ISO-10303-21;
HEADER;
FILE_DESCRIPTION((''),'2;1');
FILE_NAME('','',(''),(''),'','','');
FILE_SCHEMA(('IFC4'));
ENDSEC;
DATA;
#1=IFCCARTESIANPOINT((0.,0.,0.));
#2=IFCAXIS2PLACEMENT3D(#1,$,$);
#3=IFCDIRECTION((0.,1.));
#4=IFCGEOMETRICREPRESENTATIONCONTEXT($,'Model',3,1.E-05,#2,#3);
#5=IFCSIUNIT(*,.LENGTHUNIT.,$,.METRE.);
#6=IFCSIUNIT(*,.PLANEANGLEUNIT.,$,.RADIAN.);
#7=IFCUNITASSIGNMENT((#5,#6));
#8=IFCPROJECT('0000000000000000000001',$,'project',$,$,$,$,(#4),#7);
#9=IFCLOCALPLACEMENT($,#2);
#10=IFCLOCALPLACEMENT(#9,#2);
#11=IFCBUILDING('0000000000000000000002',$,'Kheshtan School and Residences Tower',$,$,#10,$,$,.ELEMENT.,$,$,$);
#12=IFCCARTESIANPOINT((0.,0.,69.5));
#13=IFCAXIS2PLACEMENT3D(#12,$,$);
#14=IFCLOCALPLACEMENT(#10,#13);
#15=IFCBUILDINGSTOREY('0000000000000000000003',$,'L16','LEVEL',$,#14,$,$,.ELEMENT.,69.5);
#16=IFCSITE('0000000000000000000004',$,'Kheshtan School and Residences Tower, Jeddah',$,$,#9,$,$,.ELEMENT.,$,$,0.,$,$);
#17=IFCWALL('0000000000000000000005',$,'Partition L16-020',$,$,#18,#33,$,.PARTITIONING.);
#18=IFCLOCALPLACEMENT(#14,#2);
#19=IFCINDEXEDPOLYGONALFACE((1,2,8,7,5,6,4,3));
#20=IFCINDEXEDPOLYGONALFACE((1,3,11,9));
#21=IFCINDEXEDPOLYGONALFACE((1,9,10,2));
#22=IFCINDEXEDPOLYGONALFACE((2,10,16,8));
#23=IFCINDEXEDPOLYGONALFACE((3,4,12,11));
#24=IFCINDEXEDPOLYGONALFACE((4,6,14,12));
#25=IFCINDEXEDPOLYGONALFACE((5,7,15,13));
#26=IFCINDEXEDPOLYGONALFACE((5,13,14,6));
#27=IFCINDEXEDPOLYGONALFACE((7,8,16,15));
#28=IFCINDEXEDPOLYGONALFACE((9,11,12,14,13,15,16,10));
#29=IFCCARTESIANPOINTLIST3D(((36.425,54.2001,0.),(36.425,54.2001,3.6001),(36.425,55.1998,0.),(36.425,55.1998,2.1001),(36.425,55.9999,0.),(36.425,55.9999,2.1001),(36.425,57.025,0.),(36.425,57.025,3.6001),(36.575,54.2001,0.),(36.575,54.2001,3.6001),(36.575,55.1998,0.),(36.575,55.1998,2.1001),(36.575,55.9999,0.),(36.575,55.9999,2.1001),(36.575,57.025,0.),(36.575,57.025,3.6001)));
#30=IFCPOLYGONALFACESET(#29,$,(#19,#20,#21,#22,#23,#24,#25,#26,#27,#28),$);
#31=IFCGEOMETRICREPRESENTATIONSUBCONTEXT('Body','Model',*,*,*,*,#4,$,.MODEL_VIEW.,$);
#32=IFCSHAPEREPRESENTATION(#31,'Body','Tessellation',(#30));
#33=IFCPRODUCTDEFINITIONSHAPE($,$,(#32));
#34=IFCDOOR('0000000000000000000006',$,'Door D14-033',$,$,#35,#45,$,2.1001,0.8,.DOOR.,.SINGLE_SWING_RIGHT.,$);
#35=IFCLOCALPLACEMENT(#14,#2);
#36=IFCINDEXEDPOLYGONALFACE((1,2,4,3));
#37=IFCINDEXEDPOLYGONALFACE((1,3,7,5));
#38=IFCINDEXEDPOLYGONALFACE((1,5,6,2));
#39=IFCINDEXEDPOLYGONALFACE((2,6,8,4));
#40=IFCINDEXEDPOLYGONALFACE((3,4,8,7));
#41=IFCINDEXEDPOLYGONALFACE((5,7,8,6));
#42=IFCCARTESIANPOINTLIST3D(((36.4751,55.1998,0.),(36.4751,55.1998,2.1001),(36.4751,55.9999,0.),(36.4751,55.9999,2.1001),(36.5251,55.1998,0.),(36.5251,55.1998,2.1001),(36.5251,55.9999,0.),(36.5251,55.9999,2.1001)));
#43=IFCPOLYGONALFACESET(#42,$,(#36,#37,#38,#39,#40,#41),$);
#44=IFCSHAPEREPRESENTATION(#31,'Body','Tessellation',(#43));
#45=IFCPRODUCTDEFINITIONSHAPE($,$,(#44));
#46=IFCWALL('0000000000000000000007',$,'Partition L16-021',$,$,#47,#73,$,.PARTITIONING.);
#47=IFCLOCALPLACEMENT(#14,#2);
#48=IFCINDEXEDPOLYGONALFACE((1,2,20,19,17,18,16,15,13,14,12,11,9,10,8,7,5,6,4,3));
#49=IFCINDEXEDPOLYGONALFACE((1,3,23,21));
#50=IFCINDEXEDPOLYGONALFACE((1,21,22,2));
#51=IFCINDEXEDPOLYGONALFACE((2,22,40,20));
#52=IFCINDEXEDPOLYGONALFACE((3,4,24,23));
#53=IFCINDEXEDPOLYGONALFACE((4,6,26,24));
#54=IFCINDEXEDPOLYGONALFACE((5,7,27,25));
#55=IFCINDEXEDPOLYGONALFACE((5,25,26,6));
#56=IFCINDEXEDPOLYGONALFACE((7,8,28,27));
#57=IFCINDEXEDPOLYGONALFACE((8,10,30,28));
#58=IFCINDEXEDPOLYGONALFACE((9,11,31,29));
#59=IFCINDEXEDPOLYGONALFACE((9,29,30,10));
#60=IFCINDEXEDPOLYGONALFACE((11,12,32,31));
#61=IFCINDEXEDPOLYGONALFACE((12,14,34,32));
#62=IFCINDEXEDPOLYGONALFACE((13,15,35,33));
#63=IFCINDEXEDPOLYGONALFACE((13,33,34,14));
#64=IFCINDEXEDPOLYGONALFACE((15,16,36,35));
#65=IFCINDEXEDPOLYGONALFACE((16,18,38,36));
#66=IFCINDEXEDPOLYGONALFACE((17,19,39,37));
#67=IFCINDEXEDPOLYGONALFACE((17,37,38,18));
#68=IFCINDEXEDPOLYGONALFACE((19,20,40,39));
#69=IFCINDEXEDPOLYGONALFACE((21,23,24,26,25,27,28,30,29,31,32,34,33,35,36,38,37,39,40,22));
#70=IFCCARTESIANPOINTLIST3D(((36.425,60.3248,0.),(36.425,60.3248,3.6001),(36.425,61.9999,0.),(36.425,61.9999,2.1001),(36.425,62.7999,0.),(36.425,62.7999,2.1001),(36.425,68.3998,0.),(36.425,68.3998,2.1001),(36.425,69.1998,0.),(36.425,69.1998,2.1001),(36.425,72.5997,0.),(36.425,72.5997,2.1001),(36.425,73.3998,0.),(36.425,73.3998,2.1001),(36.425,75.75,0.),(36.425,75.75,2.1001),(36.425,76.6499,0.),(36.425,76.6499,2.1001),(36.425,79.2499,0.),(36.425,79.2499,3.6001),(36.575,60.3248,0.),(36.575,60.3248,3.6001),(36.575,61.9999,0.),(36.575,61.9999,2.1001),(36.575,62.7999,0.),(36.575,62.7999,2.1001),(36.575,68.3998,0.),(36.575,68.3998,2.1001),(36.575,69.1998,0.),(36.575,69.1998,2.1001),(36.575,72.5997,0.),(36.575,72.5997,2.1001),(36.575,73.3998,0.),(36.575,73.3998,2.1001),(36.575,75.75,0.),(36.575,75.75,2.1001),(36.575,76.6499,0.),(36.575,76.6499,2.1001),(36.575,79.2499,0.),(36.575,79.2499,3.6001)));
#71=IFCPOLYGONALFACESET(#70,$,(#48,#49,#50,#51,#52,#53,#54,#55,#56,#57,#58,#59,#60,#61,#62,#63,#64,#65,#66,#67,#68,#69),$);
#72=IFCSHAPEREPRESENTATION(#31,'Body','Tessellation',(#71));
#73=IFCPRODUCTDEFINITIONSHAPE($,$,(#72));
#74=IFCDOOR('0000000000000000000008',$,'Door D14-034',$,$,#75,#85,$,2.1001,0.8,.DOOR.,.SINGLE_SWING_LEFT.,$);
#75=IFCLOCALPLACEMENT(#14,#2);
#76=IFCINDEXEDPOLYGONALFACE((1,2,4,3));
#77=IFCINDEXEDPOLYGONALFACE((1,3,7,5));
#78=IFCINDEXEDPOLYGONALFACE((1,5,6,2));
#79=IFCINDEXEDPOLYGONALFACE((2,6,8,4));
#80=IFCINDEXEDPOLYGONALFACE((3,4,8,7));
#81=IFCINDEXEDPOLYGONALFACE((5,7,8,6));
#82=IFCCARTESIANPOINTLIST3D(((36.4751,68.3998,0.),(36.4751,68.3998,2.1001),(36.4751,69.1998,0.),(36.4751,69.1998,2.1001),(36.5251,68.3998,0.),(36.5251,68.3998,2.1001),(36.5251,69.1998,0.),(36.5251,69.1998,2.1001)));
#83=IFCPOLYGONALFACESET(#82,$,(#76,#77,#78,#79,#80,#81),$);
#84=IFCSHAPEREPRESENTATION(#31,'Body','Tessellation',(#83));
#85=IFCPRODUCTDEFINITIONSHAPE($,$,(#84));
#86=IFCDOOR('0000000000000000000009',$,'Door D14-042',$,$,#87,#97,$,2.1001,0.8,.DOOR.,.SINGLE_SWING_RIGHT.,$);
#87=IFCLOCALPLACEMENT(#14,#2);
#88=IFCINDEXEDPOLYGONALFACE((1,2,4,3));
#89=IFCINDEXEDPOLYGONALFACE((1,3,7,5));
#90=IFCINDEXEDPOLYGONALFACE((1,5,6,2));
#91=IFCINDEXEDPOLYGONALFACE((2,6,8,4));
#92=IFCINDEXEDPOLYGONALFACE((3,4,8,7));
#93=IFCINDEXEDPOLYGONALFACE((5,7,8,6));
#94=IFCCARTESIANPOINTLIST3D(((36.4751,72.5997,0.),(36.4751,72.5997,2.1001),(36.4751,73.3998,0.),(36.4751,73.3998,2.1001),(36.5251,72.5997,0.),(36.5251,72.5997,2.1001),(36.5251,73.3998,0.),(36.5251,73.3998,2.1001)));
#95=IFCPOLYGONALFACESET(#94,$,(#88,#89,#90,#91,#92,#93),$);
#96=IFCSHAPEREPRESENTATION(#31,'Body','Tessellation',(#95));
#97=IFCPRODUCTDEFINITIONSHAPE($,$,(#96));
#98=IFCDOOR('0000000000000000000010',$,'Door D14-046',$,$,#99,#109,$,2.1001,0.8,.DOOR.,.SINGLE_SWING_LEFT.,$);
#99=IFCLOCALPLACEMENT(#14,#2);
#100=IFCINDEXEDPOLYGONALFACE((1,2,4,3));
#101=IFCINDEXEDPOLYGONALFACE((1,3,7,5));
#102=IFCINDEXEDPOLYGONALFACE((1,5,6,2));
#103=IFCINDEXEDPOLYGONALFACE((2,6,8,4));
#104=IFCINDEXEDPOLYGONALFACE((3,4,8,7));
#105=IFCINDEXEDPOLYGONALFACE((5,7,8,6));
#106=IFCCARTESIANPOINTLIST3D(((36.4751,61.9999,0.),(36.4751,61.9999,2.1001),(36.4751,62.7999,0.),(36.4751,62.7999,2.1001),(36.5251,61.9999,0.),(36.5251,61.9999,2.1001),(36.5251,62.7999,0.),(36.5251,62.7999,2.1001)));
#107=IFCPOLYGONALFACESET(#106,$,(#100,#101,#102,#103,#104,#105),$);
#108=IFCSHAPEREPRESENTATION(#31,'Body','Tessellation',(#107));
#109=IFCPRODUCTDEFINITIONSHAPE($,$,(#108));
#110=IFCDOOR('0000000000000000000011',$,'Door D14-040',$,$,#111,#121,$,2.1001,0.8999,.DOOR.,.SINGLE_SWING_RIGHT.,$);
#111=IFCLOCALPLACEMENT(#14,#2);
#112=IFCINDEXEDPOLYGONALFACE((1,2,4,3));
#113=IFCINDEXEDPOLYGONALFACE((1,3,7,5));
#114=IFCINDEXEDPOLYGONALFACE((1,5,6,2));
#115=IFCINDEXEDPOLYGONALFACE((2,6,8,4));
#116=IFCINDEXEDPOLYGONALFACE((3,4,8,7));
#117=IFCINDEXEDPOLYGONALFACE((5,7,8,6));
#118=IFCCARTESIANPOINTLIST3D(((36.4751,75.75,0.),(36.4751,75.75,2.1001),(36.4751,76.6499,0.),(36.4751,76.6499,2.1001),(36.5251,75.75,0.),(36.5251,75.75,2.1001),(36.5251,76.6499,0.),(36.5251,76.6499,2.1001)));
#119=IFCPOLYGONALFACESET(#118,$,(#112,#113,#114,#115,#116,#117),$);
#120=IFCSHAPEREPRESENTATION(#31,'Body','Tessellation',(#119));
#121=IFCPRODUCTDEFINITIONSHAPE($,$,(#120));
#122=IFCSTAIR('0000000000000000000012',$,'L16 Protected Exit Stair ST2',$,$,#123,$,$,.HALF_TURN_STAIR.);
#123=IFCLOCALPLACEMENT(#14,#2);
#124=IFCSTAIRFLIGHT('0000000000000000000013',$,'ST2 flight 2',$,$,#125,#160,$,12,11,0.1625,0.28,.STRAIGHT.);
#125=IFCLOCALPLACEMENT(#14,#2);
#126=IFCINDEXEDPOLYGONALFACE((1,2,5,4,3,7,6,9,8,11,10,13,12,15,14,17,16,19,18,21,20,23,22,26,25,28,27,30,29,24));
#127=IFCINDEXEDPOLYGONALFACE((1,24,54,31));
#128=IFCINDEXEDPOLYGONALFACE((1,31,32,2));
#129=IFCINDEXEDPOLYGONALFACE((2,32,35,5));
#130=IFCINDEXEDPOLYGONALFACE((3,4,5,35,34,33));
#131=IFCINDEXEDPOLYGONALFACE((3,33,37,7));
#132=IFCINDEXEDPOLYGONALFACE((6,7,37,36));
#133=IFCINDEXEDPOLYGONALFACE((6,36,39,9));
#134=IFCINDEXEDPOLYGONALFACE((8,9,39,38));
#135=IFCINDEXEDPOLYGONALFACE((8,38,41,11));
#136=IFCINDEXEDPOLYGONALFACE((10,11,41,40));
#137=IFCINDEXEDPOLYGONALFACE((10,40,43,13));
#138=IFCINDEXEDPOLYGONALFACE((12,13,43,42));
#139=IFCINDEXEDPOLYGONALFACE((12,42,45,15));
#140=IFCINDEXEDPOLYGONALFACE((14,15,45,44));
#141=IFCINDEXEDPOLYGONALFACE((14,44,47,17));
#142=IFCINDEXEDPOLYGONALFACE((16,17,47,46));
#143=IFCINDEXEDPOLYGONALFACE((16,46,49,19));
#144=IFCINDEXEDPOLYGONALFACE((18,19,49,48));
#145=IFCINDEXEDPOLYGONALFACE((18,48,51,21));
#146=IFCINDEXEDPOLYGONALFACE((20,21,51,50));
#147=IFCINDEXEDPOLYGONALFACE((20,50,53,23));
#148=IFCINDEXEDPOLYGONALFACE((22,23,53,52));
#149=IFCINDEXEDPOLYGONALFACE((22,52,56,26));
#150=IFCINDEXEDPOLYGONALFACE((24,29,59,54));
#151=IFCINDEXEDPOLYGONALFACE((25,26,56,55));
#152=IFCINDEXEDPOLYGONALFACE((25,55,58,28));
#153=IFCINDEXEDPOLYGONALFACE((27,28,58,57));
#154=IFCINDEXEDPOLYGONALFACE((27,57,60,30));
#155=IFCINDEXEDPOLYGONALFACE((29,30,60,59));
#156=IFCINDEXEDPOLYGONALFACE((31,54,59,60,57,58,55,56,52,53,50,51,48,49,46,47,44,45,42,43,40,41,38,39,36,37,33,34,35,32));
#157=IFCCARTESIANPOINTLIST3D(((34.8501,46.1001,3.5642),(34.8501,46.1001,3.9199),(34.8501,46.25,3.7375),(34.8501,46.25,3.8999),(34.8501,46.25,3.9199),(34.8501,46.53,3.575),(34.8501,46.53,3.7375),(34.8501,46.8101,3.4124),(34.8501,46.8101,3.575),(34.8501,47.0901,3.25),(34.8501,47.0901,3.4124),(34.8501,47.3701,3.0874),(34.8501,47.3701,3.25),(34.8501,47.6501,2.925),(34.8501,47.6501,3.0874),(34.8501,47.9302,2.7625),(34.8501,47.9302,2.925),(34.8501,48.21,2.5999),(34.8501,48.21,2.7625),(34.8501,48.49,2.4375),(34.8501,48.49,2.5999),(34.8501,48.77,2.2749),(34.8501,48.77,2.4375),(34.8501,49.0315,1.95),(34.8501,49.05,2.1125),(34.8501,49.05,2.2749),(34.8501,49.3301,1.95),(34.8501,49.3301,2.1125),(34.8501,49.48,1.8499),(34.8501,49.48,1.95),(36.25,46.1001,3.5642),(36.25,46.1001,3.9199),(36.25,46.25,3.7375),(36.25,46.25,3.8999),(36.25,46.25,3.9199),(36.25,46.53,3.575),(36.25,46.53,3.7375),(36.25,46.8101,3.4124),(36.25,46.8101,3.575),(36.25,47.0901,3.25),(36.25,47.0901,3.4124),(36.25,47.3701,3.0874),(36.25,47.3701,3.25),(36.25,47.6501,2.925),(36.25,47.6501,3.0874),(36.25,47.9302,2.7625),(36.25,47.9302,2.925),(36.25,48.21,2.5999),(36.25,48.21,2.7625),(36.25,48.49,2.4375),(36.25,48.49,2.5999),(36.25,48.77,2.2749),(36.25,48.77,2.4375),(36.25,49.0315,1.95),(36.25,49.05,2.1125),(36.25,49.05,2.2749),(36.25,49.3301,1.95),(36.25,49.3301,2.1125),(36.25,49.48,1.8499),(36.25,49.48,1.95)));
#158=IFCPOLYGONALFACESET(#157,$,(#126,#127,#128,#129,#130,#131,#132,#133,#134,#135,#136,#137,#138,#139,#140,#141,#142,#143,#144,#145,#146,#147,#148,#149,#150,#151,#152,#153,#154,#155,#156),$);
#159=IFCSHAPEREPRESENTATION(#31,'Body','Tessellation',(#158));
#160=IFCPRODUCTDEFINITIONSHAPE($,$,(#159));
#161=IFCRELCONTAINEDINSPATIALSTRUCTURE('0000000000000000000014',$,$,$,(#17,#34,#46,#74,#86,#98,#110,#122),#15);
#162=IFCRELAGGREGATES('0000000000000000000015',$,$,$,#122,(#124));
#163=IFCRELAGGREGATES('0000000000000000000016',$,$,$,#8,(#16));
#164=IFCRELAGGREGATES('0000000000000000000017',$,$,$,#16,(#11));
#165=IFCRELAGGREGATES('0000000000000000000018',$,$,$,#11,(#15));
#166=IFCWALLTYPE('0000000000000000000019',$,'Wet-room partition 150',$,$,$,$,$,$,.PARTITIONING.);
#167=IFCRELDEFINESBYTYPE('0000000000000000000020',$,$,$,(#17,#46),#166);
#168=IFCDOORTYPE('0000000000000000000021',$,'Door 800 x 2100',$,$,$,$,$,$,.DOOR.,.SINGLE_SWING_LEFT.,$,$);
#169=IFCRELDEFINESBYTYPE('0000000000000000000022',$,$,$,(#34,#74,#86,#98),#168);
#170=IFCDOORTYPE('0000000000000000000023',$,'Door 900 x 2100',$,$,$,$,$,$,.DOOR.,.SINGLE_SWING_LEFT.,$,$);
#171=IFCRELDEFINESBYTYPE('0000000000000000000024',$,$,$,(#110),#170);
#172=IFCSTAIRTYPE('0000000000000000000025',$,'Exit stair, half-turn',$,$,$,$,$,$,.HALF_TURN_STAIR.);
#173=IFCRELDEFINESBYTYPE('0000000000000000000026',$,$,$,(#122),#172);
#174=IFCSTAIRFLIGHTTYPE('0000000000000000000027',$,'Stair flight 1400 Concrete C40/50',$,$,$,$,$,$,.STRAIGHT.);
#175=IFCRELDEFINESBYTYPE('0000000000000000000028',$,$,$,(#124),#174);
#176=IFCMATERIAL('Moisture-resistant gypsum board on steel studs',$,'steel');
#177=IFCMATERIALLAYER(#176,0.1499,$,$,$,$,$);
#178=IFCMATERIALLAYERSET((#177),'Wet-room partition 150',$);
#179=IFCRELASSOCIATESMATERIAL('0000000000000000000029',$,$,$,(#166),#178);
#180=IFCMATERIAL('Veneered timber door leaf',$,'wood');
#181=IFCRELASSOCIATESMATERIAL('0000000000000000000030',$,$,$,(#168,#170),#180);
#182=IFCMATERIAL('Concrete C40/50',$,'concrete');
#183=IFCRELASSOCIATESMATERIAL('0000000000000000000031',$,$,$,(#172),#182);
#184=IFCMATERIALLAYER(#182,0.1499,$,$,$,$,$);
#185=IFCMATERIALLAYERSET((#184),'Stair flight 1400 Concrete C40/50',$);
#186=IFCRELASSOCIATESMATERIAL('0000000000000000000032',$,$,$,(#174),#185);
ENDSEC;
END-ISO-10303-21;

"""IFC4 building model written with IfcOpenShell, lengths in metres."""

from ifc_helpers import new_model, si_unit, direction, frame, frame_2d, origin, place, context, subcontext, project, spatial, polyline, rectangle, outline, extrude, source, transform, mapped, material, layer, layer_set, type_object, element, fill, aggregate, save


model = new_model("IFC4")

# Units and contexts
model_context = context("Model", 3, precision=1e-05, world=origin(), true_north=direction((0.0, 1.0)))
body_context = subcontext(model_context, "Body", "Model", "MODEL_VIEW")
ifc_project = project(units=[si_unit("LENGTHUNIT", "METRE"), si_unit("PLANEANGLEUNIT", "RADIAN")], contexts=[model_context])

# Site, building, storey
site_placement = place(None, origin())
site = spatial("IfcSite", under=ifc_project, at=site_placement, Name="Kheshtan School and Residences Tower, Jeddah", CompositionType="ELEMENT", RefElevation=0.0)
building_placement = place(site_placement, origin())
building = spatial("IfcBuilding", under=site, at=building_placement, Name="Kheshtan School and Residences Tower", CompositionType="ELEMENT")
storey_placement = place(building_placement, frame((0.0, 0.0, 69.5)))
storey = spatial("IfcBuildingStorey", under=building, at=storey_placement, Name="L16", Description="LEVEL", CompositionType="ELEMENT", Elevation=69.5)

# Shared definitions
ifc_material_1 = material(Name="Concrete C40/50", Category="concrete")
ifc_material_2 = material(Name="Moisture-resistant gypsum board on steel studs", Category="steel")
ifc_layer_1 = layer(ifc_material_2, 0.1499)
ifc_layer_set_1 = layer_set([ifc_layer_1], Name="Wet-room partition 150")
wall_type_1 = type_object("IfcWallType", Name="Wet-room partition 150", PredefinedType="PARTITIONING", material=ifc_layer_set_1)

# Wall, opening, door
wall_1_placement = place(storey_placement, frame((36.5, 54.2, 0.0), z_axis=(0.0, 0.0, 1.0), x_axis=(0.0, 1.0, 0.0)))
wall_1 = element("IfcWall", 1, at=wall_1_placement, inside=storey, type_object=wall_type_1, Name="Partition L16-020", PredefinedType="PARTITIONING", context=body_context, shape_type="SweptSolid", body=[
    extrude(rectangle(XDim=2.825, YDim=0.1499, at=frame_2d((1.4126, 0.0))), origin(), (0.0, 0.0, 1.0), 3.6001),
])
opening_1_placement = place(wall_1_placement, frame((1.0, 0.0, 0.0)))
opening_1 = element("IfcOpeningElement", 2, at=opening_1_placement, cuts=wall_1, PredefinedType="OPENING", context=body_context, shape_type="SweptSolid", body=[
    extrude(rectangle(XDim=0.8, YDim=2.1001, at=frame_2d((0.3999, 1.05))), frame((0.0, 0.085, 0.0), z_axis=(0.0, -1.0, 0.0), x_axis=(1.0, 0.0, 0.0)), (0.0, 0.0, 1.0), 0.1699),
])
ifc_material_3 = material(Name="Veneered timber door leaf", Category="wood")
door_type_1 = type_object("IfcDoorType", Name="Door 800 x 2100", OperationType="SINGLE_SWING_LEFT", PredefinedType="DOOR", material=ifc_material_3)
shared_shape_1 = source(origin(), body_context, "Body", "SweptSolid", [
    extrude(rectangle(XDim=0.8, YDim=2.1001, at=frame_2d((0.3999, 1.05))), frame((0.0, 0.0249, 0.0), z_axis=(0.0, -1.0, 0.0), x_axis=(1.0, 0.0, 0.0)), (0.0, 0.0, 1.0), 0.05),
])
door_1_placement = place(opening_1_placement, origin())
door_1 = element("IfcDoor", 3, at=door_1_placement, inside=storey, type_object=door_type_1, Name="Door D14-033", OperationType="SINGLE_SWING_RIGHT", OverallHeight=2.1001, OverallWidth=0.8, PredefinedType="DOOR", context=body_context, shape_type="MappedRepresentation", body=[
    mapped(shared_shape_1, transform((0.0, 0.0, 0.0), x_axis=(1.0, 0.0, 0.0), y_axis=(0.0, 1.0, 0.0), z_axis=(0.0, 0.0, 1.0), scale=1.0)),
])
fill(opening_1, door_1)

# Wall, openings, doors
wall_2_placement = place(storey_placement, frame((36.5, 60.325, 0.0), z_axis=(0.0, 0.0, 1.0), x_axis=(0.0, 1.0, 0.0)))
wall_2 = element("IfcWall", 4, at=wall_2_placement, inside=storey, type_object=wall_type_1, Name="Partition L16-021", PredefinedType="PARTITIONING", context=body_context, shape_type="SweptSolid", body=[
    extrude(rectangle(XDim=18.925, YDim=0.1499, at=frame_2d((9.4624, 0.0))), origin(), (0.0, 0.0, 1.0), 3.6001),
])
opening_2_placement = place(wall_2_placement, frame((8.075, 0.0, 0.0)))
opening_2 = element("IfcOpeningElement", 5, at=opening_2_placement, cuts=wall_2, PredefinedType="OPENING", context=body_context, shape_type="SweptSolid", body=[
    extrude(rectangle(XDim=0.8, YDim=2.1001, at=frame_2d((0.3999, 1.05))), frame((0.0, 0.085, 0.0), z_axis=(0.0, -1.0, 0.0), x_axis=(1.0, 0.0, 0.0)), (0.0, 0.0, 1.0), 0.1699),
])
opening_3_placement = place(wall_2_placement, frame((15.425, 0.0, 0.0)))
opening_3 = element("IfcOpeningElement", 6, at=opening_3_placement, cuts=wall_2, PredefinedType="OPENING", context=body_context, shape_type="SweptSolid", body=[
    extrude(rectangle(XDim=0.8999, YDim=2.1001, at=frame_2d((0.45, 1.05))), frame((0.0, 0.085, 0.0), z_axis=(0.0, -1.0, 0.0), x_axis=(1.0, 0.0, 0.0)), (0.0, 0.0, 1.0), 0.1699),
])
opening_4_placement = place(wall_2_placement, frame((12.2749, 0.0, 0.0)))
opening_4 = element("IfcOpeningElement", 7, at=opening_4_placement, cuts=wall_2, PredefinedType="OPENING", context=body_context, shape_type="SweptSolid", body=[
    extrude(rectangle(XDim=0.8, YDim=2.1001, at=frame_2d((0.3999, 1.05))), frame((0.0, 0.085, 0.0), z_axis=(0.0, -1.0, 0.0), x_axis=(1.0, 0.0, 0.0)), (0.0, 0.0, 1.0), 0.1699),
])
opening_5_placement = place(wall_2_placement, frame((1.675, 0.0, 0.0)))
opening_5 = element("IfcOpeningElement", 8, at=opening_5_placement, cuts=wall_2, PredefinedType="OPENING", context=body_context, shape_type="SweptSolid", body=[
    extrude(rectangle(XDim=0.8, YDim=2.1001, at=frame_2d((0.3999, 1.05))), frame((0.0, 0.085, 0.0), z_axis=(0.0, -1.0, 0.0), x_axis=(1.0, 0.0, 0.0)), (0.0, 0.0, 1.0), 0.1699),
])
door_2_placement = place(opening_2_placement, origin())
door_2 = element("IfcDoor", 9, at=door_2_placement, inside=storey, type_object=door_type_1, Name="Door D14-034", OperationType="SINGLE_SWING_LEFT", OverallHeight=2.1001, OverallWidth=0.8, PredefinedType="DOOR", context=body_context, shape_type="MappedRepresentation", body=[
    mapped(shared_shape_1, transform((0.0, 0.0, 0.0), x_axis=(1.0, 0.0, 0.0), y_axis=(0.0, 1.0, 0.0), z_axis=(0.0, 0.0, 1.0), scale=1.0)),
])
fill(opening_2, door_2)
door_3_placement = place(opening_4_placement, origin())
door_3 = element("IfcDoor", 10, at=door_3_placement, inside=storey, type_object=door_type_1, Name="Door D14-042", OperationType="SINGLE_SWING_RIGHT", OverallHeight=2.1001, OverallWidth=0.8, PredefinedType="DOOR", context=body_context, shape_type="MappedRepresentation", body=[
    mapped(shared_shape_1, transform((0.0, 0.0, 0.0), x_axis=(1.0, 0.0, 0.0), y_axis=(0.0, 1.0, 0.0), z_axis=(0.0, 0.0, 1.0), scale=1.0)),
])
fill(opening_4, door_3)
door_4_placement = place(opening_5_placement, origin())
door_4 = element("IfcDoor", 11, at=door_4_placement, inside=storey, type_object=door_type_1, Name="Door D14-046", OperationType="SINGLE_SWING_LEFT", OverallHeight=2.1001, OverallWidth=0.8, PredefinedType="DOOR", context=body_context, shape_type="MappedRepresentation", body=[
    mapped(shared_shape_1, transform((0.0, 0.0, 0.0), x_axis=(1.0, 0.0, 0.0), y_axis=(0.0, 1.0, 0.0), z_axis=(0.0, 0.0, 1.0), scale=1.0)),
])
fill(opening_5, door_4)
door_type_2 = type_object("IfcDoorType", Name="Door 900 x 2100", OperationType="SINGLE_SWING_LEFT", PredefinedType="DOOR", material=ifc_material_3)
shared_shape_2 = source(origin(), body_context, "Body", "SweptSolid", [
    extrude(rectangle(XDim=0.8999, YDim=2.1001, at=frame_2d((0.45, 1.05))), frame((0.0, 0.0249, 0.0), z_axis=(0.0, -1.0, 0.0), x_axis=(1.0, 0.0, 0.0)), (0.0, 0.0, 1.0), 0.05),
])
door_5_placement = place(opening_3_placement, origin())
door_5 = element("IfcDoor", 12, at=door_5_placement, inside=storey, type_object=door_type_2, Name="Door D14-040", OperationType="SINGLE_SWING_RIGHT", OverallHeight=2.1001, OverallWidth=0.8999, PredefinedType="DOOR", context=body_context, shape_type="MappedRepresentation", body=[
    mapped(shared_shape_2, transform((0.0, 0.0, 0.0), x_axis=(1.0, 0.0, 0.0), y_axis=(0.0, 1.0, 0.0), z_axis=(0.0, 0.0, 1.0), scale=1.0)),
])
fill(opening_3, door_5)

# Stair, stair flight
stair_type = type_object("IfcStairType", Name="Exit stair, half-turn", PredefinedType="HALF_TURN_STAIR", material=ifc_material_1)
stair_placement = place(storey_placement, origin())
stair = element("IfcStair", 13, at=stair_placement, inside=storey, type_object=stair_type, Name="L16 Protected Exit Stair ST2", PredefinedType="HALF_TURN_STAIR")
ifc_layer_2 = layer(ifc_material_1, 0.1499)
ifc_layer_set_2 = layer_set([ifc_layer_2], Name="Stair flight 1400 Concrete C40/50")
stair_flight_type = type_object("IfcStairFlightType", Name="Stair flight 1400 Concrete C40/50", PredefinedType="STRAIGHT", material=ifc_layer_set_2)
stair_flight_placement = place(storey_placement, frame((35.55, 49.3301, 1.95), z_axis=(0.0, 0.0, 1.0), x_axis=(0.0, -1.0, 0.0)))
stair_flight = element("IfcStairFlight", 14, at=stair_flight_placement, type_object=stair_flight_type, Name="ST2 flight 2", NumberOfRisers=12, NumberOfTreads=11, PredefinedType="STRAIGHT", RiserHeight=0.1625, TreadLength=0.28, context=body_context, shape_type="SweptSolid", body=[
    extrude(outline(polyline([(-0.1499, -0.1001), (-0.1499, 0.0), (0.0, 0.0), (0.0, 0.1626), (0.28, 0.1626), (0.28, 0.325), (0.5601, 0.325), (0.5601, 0.4875), (0.8401, 0.4875), (0.8401, 0.6499), (1.1201, 0.6499), (1.1201, 0.8125), (1.3999, 0.8125), (1.3999, 0.9751), (1.6799, 0.9751), (1.6799, 1.1375), (1.96, 1.1375), (1.96, 1.3), (2.24, 1.3), (2.24, 1.4624), (2.52, 1.4624), (2.52, 1.625), (2.8, 1.625), (2.8, 1.7876), (3.0801, 1.7876), (3.0801, 1.95), (3.0801, 1.97), (3.23, 1.97), (3.23, 1.6143), (0.2986, 0.0), (-0.1499, -0.1001)])), frame((0.0, 0.7, 0.0), z_axis=(0.0, -1.0, 0.0), x_axis=(1.0, 0.0, 0.0)), (0.0, 0.0, 1.0), 1.3999),
])
aggregate(stair, [stair_flight])

save(model, "model.ifc")
